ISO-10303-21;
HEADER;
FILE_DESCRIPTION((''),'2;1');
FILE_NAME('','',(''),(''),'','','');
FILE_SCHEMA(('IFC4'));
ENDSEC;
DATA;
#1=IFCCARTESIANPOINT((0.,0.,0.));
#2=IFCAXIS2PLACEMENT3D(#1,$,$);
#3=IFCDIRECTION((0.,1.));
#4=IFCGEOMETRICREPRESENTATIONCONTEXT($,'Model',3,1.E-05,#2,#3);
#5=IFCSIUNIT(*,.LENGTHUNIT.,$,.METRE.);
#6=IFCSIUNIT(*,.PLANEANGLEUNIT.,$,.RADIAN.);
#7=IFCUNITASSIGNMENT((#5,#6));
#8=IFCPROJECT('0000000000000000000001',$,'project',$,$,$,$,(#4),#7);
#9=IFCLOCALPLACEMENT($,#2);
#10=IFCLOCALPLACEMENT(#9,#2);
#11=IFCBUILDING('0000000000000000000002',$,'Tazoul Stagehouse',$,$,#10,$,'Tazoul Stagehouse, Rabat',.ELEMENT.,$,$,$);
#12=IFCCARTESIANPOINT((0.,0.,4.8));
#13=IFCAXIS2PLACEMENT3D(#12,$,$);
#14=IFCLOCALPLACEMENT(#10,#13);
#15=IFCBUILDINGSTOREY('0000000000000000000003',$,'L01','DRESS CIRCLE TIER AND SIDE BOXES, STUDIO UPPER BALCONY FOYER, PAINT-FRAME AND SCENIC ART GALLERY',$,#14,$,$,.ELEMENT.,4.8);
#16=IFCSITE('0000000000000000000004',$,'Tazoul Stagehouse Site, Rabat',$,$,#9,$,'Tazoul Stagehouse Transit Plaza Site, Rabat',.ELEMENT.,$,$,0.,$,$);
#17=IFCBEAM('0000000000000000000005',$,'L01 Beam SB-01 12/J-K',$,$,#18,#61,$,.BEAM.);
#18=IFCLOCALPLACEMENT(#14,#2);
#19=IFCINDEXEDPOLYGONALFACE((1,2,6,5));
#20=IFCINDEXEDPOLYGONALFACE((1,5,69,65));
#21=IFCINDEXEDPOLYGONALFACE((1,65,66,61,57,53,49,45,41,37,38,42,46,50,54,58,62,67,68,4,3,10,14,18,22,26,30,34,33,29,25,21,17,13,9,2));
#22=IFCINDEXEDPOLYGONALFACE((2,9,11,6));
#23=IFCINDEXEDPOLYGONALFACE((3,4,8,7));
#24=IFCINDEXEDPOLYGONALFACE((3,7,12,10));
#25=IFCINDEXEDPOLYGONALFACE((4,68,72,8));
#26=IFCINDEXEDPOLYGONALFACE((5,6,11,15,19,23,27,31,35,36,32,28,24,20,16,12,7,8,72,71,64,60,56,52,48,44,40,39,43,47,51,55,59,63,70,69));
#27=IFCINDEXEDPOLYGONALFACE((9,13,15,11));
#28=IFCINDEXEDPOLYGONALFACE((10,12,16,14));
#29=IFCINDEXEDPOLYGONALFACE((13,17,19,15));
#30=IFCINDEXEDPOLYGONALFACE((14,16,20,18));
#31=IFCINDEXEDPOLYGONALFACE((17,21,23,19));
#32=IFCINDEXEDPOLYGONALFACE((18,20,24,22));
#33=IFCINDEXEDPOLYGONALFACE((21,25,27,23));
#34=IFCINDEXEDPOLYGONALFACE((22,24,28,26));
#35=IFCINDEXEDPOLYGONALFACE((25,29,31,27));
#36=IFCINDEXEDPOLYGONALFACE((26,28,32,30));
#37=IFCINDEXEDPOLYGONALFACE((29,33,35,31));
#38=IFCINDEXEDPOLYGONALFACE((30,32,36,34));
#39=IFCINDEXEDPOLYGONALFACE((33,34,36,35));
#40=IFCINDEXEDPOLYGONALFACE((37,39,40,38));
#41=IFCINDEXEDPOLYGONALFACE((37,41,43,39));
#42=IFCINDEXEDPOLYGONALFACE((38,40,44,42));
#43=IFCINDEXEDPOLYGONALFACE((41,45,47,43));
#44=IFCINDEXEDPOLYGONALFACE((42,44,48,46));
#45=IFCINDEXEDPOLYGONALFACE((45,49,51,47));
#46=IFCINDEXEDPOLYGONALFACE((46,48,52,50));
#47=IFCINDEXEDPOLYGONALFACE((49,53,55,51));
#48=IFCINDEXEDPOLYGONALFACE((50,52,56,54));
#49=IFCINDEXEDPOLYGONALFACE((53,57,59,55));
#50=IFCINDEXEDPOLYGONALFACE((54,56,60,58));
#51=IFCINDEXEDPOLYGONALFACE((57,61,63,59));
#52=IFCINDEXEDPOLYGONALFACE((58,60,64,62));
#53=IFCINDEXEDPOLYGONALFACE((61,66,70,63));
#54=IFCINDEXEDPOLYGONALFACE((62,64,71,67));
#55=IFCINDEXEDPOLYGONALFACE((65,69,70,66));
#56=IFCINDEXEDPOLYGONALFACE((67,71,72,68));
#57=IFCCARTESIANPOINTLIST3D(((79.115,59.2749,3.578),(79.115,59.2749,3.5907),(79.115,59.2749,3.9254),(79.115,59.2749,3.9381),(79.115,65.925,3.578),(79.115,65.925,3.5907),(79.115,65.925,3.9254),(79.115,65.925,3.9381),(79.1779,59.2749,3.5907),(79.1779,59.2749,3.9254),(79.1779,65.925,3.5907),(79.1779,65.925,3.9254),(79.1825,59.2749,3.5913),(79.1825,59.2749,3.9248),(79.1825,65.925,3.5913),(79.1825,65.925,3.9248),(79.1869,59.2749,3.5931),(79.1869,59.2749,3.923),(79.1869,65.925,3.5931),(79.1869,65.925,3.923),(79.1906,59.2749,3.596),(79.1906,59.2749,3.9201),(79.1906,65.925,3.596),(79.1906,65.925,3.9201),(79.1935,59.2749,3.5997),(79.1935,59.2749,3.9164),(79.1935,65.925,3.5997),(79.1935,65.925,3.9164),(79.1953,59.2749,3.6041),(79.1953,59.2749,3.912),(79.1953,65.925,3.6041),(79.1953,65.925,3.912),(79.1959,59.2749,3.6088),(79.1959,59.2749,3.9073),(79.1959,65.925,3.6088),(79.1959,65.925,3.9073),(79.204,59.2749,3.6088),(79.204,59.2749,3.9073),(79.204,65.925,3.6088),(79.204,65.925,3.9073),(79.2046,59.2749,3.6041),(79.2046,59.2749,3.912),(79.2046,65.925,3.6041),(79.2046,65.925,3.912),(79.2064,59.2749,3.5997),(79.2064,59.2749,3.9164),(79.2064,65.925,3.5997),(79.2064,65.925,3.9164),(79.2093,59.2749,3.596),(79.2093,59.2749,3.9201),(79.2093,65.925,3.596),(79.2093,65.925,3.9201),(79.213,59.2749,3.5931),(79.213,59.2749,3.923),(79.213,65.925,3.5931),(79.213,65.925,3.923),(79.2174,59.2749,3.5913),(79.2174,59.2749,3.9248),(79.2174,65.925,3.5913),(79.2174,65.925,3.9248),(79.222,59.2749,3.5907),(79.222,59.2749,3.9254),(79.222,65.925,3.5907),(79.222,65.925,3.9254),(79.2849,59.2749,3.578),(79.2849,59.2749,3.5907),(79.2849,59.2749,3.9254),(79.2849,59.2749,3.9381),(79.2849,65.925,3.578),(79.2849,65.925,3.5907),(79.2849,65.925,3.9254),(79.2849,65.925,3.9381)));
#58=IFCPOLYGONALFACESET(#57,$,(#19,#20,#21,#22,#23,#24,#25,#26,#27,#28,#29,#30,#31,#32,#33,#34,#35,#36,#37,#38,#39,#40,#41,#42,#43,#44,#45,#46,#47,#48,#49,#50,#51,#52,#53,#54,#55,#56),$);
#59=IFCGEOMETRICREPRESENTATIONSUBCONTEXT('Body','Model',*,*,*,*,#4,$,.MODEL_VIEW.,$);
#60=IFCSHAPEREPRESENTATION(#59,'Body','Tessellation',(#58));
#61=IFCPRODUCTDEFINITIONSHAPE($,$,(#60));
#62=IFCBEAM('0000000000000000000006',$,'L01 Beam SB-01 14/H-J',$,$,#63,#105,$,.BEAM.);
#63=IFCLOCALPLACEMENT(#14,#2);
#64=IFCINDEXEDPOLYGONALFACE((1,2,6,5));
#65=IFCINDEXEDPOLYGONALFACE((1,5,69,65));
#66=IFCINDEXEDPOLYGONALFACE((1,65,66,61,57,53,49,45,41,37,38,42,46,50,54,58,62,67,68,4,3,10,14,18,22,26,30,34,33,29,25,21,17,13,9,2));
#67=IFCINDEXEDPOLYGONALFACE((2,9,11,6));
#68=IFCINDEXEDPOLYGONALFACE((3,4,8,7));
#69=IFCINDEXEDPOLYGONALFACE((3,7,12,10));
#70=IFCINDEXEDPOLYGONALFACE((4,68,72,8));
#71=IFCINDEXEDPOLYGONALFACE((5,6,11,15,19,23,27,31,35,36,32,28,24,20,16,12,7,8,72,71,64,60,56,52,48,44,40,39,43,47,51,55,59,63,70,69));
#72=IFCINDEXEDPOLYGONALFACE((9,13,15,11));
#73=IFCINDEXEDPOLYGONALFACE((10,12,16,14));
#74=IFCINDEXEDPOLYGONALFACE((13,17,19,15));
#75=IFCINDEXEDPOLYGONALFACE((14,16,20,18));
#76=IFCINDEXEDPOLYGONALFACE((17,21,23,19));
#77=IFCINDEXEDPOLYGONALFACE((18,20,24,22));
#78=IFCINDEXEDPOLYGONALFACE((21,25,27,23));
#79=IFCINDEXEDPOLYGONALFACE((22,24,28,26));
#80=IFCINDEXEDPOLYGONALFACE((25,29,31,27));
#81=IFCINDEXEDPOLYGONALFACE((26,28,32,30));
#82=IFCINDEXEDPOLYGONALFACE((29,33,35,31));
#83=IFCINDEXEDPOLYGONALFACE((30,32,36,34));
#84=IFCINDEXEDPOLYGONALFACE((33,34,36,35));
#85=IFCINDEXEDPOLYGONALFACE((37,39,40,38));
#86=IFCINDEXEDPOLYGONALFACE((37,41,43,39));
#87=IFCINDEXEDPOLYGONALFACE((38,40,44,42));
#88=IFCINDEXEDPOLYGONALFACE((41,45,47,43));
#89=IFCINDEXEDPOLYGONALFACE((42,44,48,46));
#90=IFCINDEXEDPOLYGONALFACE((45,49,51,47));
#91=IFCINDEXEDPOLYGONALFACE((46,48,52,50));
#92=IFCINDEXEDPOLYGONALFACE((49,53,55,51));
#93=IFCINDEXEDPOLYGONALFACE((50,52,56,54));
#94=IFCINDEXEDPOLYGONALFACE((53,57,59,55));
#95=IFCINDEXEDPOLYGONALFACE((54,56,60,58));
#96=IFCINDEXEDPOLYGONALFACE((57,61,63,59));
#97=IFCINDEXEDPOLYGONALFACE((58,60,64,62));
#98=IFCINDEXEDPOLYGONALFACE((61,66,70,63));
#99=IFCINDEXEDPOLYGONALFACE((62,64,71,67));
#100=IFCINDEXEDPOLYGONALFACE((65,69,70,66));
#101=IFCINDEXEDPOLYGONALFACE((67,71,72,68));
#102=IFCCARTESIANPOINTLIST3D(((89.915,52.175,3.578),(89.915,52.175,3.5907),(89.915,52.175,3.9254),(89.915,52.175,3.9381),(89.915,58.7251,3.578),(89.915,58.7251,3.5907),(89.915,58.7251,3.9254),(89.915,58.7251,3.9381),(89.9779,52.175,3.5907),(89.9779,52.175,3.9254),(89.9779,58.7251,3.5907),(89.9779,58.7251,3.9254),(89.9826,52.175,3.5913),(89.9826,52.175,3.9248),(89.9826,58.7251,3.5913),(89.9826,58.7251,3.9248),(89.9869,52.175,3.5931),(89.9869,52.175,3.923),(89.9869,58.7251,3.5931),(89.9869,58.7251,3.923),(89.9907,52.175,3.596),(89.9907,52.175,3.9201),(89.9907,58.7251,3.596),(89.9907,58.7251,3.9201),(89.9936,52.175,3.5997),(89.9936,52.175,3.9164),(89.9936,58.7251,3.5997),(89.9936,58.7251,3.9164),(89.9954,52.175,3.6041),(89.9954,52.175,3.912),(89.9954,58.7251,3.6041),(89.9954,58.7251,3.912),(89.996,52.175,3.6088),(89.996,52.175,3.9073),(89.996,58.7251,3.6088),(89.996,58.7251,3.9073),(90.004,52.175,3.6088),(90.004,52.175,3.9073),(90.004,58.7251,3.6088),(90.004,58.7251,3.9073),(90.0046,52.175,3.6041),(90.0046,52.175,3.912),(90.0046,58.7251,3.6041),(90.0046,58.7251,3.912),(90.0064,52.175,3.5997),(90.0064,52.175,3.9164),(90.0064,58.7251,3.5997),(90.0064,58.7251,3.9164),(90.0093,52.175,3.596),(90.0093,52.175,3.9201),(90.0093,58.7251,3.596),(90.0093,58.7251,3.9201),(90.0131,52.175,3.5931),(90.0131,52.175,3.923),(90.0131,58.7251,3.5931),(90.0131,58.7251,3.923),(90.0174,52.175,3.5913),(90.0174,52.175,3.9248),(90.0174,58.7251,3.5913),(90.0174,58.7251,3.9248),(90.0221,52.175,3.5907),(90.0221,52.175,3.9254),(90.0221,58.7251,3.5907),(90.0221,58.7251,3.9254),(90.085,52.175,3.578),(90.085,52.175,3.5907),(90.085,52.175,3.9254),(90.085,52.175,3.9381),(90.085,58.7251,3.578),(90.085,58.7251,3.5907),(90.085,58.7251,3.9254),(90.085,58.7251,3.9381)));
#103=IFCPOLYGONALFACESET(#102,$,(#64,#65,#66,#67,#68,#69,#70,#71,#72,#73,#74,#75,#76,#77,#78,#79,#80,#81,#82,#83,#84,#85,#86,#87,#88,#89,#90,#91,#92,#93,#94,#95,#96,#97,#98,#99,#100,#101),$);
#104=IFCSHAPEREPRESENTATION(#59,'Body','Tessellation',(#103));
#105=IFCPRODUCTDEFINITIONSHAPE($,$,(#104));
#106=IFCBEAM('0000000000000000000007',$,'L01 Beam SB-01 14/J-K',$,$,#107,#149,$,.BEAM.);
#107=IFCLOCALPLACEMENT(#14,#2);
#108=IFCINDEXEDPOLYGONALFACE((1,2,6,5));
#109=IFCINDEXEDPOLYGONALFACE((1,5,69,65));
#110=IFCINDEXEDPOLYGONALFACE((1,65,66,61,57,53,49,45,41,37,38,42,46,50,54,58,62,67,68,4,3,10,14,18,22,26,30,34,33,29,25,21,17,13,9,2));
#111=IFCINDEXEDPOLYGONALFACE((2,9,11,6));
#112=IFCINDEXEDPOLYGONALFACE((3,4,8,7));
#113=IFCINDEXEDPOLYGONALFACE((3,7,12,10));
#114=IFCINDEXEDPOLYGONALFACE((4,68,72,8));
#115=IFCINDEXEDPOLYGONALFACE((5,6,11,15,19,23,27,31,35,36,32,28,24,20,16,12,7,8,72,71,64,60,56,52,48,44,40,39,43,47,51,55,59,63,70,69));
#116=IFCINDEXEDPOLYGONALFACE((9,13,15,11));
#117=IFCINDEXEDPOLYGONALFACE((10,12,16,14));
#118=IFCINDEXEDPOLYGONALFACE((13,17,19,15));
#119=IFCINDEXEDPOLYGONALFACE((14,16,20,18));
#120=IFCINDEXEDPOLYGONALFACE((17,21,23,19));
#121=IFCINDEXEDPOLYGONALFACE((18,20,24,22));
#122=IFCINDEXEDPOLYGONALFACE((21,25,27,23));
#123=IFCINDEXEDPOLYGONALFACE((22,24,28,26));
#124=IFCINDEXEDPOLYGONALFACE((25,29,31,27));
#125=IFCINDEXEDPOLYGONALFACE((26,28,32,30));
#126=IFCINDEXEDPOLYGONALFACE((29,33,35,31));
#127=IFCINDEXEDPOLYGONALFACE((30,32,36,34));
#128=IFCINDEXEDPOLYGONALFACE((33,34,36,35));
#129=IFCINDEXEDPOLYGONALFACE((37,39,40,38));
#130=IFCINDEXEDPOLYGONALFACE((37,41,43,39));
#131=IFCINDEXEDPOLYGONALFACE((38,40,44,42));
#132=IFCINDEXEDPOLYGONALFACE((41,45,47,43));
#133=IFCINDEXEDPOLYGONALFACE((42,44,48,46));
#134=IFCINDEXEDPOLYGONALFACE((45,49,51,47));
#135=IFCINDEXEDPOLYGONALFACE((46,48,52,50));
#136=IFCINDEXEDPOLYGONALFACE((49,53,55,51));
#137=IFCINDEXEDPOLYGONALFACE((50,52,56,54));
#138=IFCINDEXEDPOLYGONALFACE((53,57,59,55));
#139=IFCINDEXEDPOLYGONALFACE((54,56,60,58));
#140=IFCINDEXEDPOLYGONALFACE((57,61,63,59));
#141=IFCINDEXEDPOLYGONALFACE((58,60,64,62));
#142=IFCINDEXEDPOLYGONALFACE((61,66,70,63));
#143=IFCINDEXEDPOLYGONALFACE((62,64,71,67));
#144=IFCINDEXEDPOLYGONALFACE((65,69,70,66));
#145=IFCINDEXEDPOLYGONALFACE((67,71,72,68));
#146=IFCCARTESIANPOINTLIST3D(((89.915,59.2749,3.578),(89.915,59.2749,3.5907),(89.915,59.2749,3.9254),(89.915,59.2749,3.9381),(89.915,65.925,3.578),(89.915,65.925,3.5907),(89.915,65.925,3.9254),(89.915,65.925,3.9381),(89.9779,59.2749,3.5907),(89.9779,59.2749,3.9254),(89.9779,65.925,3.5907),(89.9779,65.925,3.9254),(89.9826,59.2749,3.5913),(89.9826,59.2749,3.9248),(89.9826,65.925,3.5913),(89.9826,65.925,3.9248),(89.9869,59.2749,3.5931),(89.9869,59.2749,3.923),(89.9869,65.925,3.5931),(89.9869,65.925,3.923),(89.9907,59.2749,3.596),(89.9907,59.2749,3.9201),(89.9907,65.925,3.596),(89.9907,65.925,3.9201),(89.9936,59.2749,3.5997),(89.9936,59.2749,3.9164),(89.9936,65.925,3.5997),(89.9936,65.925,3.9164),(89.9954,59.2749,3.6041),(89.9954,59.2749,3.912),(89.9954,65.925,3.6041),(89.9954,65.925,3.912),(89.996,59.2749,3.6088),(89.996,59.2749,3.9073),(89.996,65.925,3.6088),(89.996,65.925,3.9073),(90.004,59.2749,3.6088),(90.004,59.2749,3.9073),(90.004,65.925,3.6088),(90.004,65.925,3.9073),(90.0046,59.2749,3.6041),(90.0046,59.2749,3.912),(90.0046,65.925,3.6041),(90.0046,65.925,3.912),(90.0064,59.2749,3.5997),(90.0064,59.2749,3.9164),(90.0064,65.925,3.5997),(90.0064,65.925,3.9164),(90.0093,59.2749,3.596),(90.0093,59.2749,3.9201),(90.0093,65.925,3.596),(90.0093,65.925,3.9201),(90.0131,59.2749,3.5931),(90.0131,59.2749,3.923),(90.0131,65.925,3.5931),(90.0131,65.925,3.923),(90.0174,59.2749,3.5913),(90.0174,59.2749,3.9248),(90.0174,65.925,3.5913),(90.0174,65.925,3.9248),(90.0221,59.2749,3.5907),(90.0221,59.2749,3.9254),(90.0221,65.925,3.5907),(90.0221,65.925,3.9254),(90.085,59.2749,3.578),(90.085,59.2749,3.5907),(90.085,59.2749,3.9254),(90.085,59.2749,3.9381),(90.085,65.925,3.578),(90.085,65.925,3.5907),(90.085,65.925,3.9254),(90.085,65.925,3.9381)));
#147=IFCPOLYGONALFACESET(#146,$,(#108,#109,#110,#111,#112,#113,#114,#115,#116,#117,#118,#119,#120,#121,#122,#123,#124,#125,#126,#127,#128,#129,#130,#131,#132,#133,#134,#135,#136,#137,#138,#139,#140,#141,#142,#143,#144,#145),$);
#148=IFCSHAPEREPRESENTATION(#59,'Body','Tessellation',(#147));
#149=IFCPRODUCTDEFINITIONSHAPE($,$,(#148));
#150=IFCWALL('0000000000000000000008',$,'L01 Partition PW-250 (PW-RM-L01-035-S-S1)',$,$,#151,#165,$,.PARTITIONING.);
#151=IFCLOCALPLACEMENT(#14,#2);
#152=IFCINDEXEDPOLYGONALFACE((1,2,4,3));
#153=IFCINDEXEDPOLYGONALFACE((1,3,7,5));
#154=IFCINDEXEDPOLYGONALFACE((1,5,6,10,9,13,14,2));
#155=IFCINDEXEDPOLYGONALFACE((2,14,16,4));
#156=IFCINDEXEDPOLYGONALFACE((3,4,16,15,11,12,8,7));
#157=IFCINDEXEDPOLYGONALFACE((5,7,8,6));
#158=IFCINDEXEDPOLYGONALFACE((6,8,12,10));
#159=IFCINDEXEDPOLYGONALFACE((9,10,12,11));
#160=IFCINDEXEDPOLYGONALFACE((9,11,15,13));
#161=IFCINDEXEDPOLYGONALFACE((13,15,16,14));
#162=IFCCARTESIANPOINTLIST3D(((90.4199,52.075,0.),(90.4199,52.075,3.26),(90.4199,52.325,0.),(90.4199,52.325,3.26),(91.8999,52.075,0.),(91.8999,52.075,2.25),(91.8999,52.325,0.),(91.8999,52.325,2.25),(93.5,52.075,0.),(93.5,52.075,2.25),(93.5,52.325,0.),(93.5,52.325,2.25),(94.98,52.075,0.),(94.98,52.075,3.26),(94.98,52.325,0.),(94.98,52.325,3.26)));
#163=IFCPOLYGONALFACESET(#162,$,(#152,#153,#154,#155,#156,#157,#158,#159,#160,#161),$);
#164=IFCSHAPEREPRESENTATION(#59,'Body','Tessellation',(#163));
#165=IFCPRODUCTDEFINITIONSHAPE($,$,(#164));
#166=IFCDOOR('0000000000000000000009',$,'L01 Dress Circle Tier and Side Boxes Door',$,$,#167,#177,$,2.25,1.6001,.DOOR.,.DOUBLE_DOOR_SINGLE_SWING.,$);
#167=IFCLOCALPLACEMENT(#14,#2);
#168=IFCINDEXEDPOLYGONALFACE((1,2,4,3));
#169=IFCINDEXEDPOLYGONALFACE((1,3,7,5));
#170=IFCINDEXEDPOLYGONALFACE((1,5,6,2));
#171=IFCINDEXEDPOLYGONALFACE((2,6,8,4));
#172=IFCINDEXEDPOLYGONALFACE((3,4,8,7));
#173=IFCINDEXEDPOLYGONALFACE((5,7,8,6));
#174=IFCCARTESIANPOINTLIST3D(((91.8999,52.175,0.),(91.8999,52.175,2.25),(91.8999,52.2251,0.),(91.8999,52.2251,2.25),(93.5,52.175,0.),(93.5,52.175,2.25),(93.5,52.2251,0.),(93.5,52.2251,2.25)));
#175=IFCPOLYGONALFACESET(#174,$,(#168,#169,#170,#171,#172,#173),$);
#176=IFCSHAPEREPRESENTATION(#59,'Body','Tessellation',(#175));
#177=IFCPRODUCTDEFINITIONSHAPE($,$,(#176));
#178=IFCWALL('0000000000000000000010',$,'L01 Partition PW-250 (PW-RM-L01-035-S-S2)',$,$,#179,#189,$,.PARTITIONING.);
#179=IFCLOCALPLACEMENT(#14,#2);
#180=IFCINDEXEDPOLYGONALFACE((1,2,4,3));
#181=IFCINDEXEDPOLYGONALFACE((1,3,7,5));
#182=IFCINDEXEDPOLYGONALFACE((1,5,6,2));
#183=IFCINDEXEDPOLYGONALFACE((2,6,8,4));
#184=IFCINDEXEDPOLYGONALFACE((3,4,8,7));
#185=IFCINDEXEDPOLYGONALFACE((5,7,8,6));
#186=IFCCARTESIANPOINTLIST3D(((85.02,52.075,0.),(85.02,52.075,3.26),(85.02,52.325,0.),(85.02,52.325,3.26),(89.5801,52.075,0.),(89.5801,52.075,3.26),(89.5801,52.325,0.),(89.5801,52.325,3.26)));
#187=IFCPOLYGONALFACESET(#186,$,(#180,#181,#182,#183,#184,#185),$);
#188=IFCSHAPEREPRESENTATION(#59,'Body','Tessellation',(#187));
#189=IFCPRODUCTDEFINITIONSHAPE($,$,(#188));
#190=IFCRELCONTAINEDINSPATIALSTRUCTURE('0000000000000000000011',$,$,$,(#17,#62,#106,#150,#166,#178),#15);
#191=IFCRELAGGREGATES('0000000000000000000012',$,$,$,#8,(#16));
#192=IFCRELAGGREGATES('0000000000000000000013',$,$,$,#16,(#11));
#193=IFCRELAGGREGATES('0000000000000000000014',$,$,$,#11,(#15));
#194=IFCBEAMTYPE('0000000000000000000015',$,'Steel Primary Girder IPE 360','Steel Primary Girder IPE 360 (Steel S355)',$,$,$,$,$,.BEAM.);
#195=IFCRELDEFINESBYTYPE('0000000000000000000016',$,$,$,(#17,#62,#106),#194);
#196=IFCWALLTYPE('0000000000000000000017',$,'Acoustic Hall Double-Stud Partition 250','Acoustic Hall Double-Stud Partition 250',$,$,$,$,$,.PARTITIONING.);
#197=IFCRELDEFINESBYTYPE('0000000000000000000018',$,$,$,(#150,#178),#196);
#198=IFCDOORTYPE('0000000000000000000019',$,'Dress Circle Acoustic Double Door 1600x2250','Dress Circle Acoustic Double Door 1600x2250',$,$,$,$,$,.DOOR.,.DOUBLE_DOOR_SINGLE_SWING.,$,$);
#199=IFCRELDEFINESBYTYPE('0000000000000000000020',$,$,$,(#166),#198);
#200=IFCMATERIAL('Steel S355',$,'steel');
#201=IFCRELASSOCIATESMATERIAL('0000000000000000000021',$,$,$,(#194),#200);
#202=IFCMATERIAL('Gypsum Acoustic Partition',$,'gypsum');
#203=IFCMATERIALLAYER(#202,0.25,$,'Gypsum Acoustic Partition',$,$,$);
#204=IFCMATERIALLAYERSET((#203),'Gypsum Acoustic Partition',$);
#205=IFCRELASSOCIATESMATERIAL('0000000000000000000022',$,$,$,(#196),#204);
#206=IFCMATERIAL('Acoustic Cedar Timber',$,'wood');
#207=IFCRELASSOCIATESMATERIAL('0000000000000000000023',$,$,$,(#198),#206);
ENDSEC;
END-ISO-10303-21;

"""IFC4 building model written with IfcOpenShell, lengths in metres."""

from ifc_helpers import new_model, si_unit, direction, frame, frame_2d, origin, origin_2d, place, context, subcontext, project, spatial, rectangle, i_section, extrude, material, layer, layer_set, material_profile, profile_set, type_object, element, fill, save


model = new_model("IFC4")

# Units and contexts
model_context = context("Model", 3, precision=1e-05, world=origin(), true_north=direction((0.0, 1.0)))
body_context = subcontext(model_context, "Body", "Model", "MODEL_VIEW")
ifc_project = project(units=[si_unit("LENGTHUNIT", "METRE"), si_unit("PLANEANGLEUNIT", "RADIAN")], contexts=[model_context])

# Site, building, storey
site_placement = place(None, origin())
site = spatial("IfcSite", under=ifc_project, at=site_placement, Name="Tazoul Stagehouse Site, Rabat", LongName="Tazoul Stagehouse Transit Plaza Site, Rabat", CompositionType="ELEMENT", RefElevation=0.0)
building_placement = place(site_placement, origin())
building = spatial("IfcBuilding", under=site, at=building_placement, Name="Tazoul Stagehouse", LongName="Tazoul Stagehouse, Rabat", CompositionType="ELEMENT")
storey_placement = place(building_placement, frame((0.0, 0.0, 4.8)))
storey = spatial("IfcBuildingStorey", under=building, at=storey_placement, Name="L01", Description="DRESS CIRCLE TIER AND SIDE BOXES, STUDIO UPPER BALCONY FOYER, PAINT-FRAME AND SCENIC ART GALLERY", CompositionType="ELEMENT", Elevation=4.8)

# Beams
ifc_material_1 = material(Name="Steel S355", Category="steel")
ifc_material_profile_1 = material_profile(ifc_material_1, i_section(OverallWidth=0.1699, OverallDepth=0.3601, WebThickness=0.0081, FlangeThickness=0.0127, FilletRadius=0.0181, at=origin_2d()), Name="IPE 360")
ifc_profile_set_1 = profile_set([ifc_material_profile_1], Name="Steel S355")
beam_type_1 = type_object("IfcBeamType", Name="Steel Primary Girder IPE 360", Description="Steel Primary Girder IPE 360 (Steel S355)", PredefinedType="BEAM", material=ifc_profile_set_1)
beam_1_placement = place(storey_placement, frame((79.2, 59.2749, 3.7581), z_axis=(0.0, 1.0, 0.0), x_axis=(-1.0, 0.0, 0.0)))
element("IfcBeam", 1, at=beam_1_placement, inside=storey, type_object=beam_type_1, Name="L01 Beam SB-01 12/J-K", PredefinedType="BEAM", context=body_context, shape_type="SweptSolid", body=[
    extrude(i_section(OverallWidth=0.1699, OverallDepth=0.3601, WebThickness=0.0081, FlangeThickness=0.0127, FilletRadius=0.0181, at=origin_2d()), origin(), (0.0, 0.0, 1.0), 6.6501),
])
beam_2_placement = place(storey_placement, frame((90.0, 52.175, 3.7581), z_axis=(0.0, 1.0, 0.0), x_axis=(-1.0, 0.0, 0.0)))
element("IfcBeam", 2, at=beam_2_placement, inside=storey, type_object=beam_type_1, Name="L01 Beam SB-01 14/H-J", PredefinedType="BEAM", context=body_context, shape_type="SweptSolid", body=[
    extrude(i_section(OverallWidth=0.1699, OverallDepth=0.3601, WebThickness=0.0081, FlangeThickness=0.0127, FilletRadius=0.0181, at=origin_2d()), origin(), (0.0, 0.0, 1.0), 6.55),
])
beam_3_placement = place(storey_placement, frame((90.0, 59.2749, 3.7581), z_axis=(0.0, 1.0, 0.0), x_axis=(-1.0, 0.0, 0.0)))
element("IfcBeam", 3, at=beam_3_placement, inside=storey, type_object=beam_type_1, Name="L01 Beam SB-01 14/J-K", PredefinedType="BEAM", context=body_context, shape_type="SweptSolid", body=[
    extrude(i_section(OverallWidth=0.1699, OverallDepth=0.3601, WebThickness=0.0081, FlangeThickness=0.0127, FilletRadius=0.0181, at=origin_2d()), origin(), (0.0, 0.0, 1.0), 6.6501),
])

# Wall, opening, door
ifc_material_2 = material(Name="Gypsum Acoustic Partition", Category="gypsum")
ifc_layer = layer(ifc_material_2, 0.25, Name="Gypsum Acoustic Partition")
ifc_layer_set = layer_set([ifc_layer], Name="Gypsum Acoustic Partition")
wall_type = type_object("IfcWallType", Name="Acoustic Hall Double-Stud Partition 250", Description="Acoustic Hall Double-Stud Partition 250", PredefinedType="PARTITIONING", material=ifc_layer_set)
wall_1_placement = place(storey_placement, frame((94.98, 52.2, 0.0), z_axis=(0.0, 0.0, 1.0), x_axis=(-1.0, 0.0, 0.0)))
wall_1 = element("IfcWall", 4, at=wall_1_placement, inside=storey, type_object=wall_type, Name="L01 Partition PW-250 (PW-RM-L01-035-S-S1)", PredefinedType="PARTITIONING", context=body_context, shape_type="SweptSolid", body=[
    extrude(rectangle(XDim=4.5601, YDim=0.25, at=frame_2d((2.28, 0.0))), origin(), (0.0, 0.0, 1.0), 3.26),
])
opening_placement = place(wall_1_placement, frame((1.48, 0.0, 0.0)))
opening = element("IfcOpeningElement", 5, at=opening_placement, cuts=wall_1, PredefinedType="OPENING", context=body_context, shape_type="SweptSolid", body=[
    extrude(rectangle(XDim=1.6001, YDim=2.25, at=frame_2d((0.8, 1.125))), frame((0.0, 0.145, 0.0), z_axis=(0.0, -1.0, 0.0), x_axis=(1.0, 0.0, 0.0)), (0.0, 0.0, 1.0), 0.29),
])
ifc_material_3 = material(Name="Acoustic Cedar Timber", Category="wood")
door_type = type_object("IfcDoorType", Name="Dress Circle Acoustic Double Door 1600x2250", Description="Dress Circle Acoustic Double Door 1600x2250", OperationType="DOUBLE_DOOR_SINGLE_SWING", PredefinedType="DOOR", material=ifc_material_3)
door_placement = place(opening_placement, origin())
door = element("IfcDoor", 6, at=door_placement, inside=storey, type_object=door_type, Name="L01 Dress Circle Tier and Side Boxes Door", OperationType="DOUBLE_DOOR_SINGLE_SWING", OverallHeight=2.25, OverallWidth=1.6001, PredefinedType="DOOR", context=body_context, shape_type="SweptSolid", body=[
    extrude(rectangle(XDim=1.6001, YDim=2.25, at=frame_2d((0.8, 1.125))), frame((0.0, 0.0249, 0.0), z_axis=(0.0, -1.0, 0.0), x_axis=(1.0, 0.0, 0.0)), (0.0, 0.0, 1.0), 0.05),
])
fill(opening, door)

# Wall
wall_2_placement = place(storey_placement, frame((89.5801, 52.2, 0.0), z_axis=(0.0, 0.0, 1.0), x_axis=(-1.0, 0.0, 0.0)))
element("IfcWall", 7, at=wall_2_placement, inside=storey, type_object=wall_type, Name="L01 Partition PW-250 (PW-RM-L01-035-S-S2)", PredefinedType="PARTITIONING", context=body_context, shape_type="SweptSolid", body=[
    extrude(rectangle(XDim=4.5601, YDim=0.25, at=frame_2d((2.28, 0.0))), origin(), (0.0, 0.0, 1.0), 3.26),
])

save(model, "model.ifc")
